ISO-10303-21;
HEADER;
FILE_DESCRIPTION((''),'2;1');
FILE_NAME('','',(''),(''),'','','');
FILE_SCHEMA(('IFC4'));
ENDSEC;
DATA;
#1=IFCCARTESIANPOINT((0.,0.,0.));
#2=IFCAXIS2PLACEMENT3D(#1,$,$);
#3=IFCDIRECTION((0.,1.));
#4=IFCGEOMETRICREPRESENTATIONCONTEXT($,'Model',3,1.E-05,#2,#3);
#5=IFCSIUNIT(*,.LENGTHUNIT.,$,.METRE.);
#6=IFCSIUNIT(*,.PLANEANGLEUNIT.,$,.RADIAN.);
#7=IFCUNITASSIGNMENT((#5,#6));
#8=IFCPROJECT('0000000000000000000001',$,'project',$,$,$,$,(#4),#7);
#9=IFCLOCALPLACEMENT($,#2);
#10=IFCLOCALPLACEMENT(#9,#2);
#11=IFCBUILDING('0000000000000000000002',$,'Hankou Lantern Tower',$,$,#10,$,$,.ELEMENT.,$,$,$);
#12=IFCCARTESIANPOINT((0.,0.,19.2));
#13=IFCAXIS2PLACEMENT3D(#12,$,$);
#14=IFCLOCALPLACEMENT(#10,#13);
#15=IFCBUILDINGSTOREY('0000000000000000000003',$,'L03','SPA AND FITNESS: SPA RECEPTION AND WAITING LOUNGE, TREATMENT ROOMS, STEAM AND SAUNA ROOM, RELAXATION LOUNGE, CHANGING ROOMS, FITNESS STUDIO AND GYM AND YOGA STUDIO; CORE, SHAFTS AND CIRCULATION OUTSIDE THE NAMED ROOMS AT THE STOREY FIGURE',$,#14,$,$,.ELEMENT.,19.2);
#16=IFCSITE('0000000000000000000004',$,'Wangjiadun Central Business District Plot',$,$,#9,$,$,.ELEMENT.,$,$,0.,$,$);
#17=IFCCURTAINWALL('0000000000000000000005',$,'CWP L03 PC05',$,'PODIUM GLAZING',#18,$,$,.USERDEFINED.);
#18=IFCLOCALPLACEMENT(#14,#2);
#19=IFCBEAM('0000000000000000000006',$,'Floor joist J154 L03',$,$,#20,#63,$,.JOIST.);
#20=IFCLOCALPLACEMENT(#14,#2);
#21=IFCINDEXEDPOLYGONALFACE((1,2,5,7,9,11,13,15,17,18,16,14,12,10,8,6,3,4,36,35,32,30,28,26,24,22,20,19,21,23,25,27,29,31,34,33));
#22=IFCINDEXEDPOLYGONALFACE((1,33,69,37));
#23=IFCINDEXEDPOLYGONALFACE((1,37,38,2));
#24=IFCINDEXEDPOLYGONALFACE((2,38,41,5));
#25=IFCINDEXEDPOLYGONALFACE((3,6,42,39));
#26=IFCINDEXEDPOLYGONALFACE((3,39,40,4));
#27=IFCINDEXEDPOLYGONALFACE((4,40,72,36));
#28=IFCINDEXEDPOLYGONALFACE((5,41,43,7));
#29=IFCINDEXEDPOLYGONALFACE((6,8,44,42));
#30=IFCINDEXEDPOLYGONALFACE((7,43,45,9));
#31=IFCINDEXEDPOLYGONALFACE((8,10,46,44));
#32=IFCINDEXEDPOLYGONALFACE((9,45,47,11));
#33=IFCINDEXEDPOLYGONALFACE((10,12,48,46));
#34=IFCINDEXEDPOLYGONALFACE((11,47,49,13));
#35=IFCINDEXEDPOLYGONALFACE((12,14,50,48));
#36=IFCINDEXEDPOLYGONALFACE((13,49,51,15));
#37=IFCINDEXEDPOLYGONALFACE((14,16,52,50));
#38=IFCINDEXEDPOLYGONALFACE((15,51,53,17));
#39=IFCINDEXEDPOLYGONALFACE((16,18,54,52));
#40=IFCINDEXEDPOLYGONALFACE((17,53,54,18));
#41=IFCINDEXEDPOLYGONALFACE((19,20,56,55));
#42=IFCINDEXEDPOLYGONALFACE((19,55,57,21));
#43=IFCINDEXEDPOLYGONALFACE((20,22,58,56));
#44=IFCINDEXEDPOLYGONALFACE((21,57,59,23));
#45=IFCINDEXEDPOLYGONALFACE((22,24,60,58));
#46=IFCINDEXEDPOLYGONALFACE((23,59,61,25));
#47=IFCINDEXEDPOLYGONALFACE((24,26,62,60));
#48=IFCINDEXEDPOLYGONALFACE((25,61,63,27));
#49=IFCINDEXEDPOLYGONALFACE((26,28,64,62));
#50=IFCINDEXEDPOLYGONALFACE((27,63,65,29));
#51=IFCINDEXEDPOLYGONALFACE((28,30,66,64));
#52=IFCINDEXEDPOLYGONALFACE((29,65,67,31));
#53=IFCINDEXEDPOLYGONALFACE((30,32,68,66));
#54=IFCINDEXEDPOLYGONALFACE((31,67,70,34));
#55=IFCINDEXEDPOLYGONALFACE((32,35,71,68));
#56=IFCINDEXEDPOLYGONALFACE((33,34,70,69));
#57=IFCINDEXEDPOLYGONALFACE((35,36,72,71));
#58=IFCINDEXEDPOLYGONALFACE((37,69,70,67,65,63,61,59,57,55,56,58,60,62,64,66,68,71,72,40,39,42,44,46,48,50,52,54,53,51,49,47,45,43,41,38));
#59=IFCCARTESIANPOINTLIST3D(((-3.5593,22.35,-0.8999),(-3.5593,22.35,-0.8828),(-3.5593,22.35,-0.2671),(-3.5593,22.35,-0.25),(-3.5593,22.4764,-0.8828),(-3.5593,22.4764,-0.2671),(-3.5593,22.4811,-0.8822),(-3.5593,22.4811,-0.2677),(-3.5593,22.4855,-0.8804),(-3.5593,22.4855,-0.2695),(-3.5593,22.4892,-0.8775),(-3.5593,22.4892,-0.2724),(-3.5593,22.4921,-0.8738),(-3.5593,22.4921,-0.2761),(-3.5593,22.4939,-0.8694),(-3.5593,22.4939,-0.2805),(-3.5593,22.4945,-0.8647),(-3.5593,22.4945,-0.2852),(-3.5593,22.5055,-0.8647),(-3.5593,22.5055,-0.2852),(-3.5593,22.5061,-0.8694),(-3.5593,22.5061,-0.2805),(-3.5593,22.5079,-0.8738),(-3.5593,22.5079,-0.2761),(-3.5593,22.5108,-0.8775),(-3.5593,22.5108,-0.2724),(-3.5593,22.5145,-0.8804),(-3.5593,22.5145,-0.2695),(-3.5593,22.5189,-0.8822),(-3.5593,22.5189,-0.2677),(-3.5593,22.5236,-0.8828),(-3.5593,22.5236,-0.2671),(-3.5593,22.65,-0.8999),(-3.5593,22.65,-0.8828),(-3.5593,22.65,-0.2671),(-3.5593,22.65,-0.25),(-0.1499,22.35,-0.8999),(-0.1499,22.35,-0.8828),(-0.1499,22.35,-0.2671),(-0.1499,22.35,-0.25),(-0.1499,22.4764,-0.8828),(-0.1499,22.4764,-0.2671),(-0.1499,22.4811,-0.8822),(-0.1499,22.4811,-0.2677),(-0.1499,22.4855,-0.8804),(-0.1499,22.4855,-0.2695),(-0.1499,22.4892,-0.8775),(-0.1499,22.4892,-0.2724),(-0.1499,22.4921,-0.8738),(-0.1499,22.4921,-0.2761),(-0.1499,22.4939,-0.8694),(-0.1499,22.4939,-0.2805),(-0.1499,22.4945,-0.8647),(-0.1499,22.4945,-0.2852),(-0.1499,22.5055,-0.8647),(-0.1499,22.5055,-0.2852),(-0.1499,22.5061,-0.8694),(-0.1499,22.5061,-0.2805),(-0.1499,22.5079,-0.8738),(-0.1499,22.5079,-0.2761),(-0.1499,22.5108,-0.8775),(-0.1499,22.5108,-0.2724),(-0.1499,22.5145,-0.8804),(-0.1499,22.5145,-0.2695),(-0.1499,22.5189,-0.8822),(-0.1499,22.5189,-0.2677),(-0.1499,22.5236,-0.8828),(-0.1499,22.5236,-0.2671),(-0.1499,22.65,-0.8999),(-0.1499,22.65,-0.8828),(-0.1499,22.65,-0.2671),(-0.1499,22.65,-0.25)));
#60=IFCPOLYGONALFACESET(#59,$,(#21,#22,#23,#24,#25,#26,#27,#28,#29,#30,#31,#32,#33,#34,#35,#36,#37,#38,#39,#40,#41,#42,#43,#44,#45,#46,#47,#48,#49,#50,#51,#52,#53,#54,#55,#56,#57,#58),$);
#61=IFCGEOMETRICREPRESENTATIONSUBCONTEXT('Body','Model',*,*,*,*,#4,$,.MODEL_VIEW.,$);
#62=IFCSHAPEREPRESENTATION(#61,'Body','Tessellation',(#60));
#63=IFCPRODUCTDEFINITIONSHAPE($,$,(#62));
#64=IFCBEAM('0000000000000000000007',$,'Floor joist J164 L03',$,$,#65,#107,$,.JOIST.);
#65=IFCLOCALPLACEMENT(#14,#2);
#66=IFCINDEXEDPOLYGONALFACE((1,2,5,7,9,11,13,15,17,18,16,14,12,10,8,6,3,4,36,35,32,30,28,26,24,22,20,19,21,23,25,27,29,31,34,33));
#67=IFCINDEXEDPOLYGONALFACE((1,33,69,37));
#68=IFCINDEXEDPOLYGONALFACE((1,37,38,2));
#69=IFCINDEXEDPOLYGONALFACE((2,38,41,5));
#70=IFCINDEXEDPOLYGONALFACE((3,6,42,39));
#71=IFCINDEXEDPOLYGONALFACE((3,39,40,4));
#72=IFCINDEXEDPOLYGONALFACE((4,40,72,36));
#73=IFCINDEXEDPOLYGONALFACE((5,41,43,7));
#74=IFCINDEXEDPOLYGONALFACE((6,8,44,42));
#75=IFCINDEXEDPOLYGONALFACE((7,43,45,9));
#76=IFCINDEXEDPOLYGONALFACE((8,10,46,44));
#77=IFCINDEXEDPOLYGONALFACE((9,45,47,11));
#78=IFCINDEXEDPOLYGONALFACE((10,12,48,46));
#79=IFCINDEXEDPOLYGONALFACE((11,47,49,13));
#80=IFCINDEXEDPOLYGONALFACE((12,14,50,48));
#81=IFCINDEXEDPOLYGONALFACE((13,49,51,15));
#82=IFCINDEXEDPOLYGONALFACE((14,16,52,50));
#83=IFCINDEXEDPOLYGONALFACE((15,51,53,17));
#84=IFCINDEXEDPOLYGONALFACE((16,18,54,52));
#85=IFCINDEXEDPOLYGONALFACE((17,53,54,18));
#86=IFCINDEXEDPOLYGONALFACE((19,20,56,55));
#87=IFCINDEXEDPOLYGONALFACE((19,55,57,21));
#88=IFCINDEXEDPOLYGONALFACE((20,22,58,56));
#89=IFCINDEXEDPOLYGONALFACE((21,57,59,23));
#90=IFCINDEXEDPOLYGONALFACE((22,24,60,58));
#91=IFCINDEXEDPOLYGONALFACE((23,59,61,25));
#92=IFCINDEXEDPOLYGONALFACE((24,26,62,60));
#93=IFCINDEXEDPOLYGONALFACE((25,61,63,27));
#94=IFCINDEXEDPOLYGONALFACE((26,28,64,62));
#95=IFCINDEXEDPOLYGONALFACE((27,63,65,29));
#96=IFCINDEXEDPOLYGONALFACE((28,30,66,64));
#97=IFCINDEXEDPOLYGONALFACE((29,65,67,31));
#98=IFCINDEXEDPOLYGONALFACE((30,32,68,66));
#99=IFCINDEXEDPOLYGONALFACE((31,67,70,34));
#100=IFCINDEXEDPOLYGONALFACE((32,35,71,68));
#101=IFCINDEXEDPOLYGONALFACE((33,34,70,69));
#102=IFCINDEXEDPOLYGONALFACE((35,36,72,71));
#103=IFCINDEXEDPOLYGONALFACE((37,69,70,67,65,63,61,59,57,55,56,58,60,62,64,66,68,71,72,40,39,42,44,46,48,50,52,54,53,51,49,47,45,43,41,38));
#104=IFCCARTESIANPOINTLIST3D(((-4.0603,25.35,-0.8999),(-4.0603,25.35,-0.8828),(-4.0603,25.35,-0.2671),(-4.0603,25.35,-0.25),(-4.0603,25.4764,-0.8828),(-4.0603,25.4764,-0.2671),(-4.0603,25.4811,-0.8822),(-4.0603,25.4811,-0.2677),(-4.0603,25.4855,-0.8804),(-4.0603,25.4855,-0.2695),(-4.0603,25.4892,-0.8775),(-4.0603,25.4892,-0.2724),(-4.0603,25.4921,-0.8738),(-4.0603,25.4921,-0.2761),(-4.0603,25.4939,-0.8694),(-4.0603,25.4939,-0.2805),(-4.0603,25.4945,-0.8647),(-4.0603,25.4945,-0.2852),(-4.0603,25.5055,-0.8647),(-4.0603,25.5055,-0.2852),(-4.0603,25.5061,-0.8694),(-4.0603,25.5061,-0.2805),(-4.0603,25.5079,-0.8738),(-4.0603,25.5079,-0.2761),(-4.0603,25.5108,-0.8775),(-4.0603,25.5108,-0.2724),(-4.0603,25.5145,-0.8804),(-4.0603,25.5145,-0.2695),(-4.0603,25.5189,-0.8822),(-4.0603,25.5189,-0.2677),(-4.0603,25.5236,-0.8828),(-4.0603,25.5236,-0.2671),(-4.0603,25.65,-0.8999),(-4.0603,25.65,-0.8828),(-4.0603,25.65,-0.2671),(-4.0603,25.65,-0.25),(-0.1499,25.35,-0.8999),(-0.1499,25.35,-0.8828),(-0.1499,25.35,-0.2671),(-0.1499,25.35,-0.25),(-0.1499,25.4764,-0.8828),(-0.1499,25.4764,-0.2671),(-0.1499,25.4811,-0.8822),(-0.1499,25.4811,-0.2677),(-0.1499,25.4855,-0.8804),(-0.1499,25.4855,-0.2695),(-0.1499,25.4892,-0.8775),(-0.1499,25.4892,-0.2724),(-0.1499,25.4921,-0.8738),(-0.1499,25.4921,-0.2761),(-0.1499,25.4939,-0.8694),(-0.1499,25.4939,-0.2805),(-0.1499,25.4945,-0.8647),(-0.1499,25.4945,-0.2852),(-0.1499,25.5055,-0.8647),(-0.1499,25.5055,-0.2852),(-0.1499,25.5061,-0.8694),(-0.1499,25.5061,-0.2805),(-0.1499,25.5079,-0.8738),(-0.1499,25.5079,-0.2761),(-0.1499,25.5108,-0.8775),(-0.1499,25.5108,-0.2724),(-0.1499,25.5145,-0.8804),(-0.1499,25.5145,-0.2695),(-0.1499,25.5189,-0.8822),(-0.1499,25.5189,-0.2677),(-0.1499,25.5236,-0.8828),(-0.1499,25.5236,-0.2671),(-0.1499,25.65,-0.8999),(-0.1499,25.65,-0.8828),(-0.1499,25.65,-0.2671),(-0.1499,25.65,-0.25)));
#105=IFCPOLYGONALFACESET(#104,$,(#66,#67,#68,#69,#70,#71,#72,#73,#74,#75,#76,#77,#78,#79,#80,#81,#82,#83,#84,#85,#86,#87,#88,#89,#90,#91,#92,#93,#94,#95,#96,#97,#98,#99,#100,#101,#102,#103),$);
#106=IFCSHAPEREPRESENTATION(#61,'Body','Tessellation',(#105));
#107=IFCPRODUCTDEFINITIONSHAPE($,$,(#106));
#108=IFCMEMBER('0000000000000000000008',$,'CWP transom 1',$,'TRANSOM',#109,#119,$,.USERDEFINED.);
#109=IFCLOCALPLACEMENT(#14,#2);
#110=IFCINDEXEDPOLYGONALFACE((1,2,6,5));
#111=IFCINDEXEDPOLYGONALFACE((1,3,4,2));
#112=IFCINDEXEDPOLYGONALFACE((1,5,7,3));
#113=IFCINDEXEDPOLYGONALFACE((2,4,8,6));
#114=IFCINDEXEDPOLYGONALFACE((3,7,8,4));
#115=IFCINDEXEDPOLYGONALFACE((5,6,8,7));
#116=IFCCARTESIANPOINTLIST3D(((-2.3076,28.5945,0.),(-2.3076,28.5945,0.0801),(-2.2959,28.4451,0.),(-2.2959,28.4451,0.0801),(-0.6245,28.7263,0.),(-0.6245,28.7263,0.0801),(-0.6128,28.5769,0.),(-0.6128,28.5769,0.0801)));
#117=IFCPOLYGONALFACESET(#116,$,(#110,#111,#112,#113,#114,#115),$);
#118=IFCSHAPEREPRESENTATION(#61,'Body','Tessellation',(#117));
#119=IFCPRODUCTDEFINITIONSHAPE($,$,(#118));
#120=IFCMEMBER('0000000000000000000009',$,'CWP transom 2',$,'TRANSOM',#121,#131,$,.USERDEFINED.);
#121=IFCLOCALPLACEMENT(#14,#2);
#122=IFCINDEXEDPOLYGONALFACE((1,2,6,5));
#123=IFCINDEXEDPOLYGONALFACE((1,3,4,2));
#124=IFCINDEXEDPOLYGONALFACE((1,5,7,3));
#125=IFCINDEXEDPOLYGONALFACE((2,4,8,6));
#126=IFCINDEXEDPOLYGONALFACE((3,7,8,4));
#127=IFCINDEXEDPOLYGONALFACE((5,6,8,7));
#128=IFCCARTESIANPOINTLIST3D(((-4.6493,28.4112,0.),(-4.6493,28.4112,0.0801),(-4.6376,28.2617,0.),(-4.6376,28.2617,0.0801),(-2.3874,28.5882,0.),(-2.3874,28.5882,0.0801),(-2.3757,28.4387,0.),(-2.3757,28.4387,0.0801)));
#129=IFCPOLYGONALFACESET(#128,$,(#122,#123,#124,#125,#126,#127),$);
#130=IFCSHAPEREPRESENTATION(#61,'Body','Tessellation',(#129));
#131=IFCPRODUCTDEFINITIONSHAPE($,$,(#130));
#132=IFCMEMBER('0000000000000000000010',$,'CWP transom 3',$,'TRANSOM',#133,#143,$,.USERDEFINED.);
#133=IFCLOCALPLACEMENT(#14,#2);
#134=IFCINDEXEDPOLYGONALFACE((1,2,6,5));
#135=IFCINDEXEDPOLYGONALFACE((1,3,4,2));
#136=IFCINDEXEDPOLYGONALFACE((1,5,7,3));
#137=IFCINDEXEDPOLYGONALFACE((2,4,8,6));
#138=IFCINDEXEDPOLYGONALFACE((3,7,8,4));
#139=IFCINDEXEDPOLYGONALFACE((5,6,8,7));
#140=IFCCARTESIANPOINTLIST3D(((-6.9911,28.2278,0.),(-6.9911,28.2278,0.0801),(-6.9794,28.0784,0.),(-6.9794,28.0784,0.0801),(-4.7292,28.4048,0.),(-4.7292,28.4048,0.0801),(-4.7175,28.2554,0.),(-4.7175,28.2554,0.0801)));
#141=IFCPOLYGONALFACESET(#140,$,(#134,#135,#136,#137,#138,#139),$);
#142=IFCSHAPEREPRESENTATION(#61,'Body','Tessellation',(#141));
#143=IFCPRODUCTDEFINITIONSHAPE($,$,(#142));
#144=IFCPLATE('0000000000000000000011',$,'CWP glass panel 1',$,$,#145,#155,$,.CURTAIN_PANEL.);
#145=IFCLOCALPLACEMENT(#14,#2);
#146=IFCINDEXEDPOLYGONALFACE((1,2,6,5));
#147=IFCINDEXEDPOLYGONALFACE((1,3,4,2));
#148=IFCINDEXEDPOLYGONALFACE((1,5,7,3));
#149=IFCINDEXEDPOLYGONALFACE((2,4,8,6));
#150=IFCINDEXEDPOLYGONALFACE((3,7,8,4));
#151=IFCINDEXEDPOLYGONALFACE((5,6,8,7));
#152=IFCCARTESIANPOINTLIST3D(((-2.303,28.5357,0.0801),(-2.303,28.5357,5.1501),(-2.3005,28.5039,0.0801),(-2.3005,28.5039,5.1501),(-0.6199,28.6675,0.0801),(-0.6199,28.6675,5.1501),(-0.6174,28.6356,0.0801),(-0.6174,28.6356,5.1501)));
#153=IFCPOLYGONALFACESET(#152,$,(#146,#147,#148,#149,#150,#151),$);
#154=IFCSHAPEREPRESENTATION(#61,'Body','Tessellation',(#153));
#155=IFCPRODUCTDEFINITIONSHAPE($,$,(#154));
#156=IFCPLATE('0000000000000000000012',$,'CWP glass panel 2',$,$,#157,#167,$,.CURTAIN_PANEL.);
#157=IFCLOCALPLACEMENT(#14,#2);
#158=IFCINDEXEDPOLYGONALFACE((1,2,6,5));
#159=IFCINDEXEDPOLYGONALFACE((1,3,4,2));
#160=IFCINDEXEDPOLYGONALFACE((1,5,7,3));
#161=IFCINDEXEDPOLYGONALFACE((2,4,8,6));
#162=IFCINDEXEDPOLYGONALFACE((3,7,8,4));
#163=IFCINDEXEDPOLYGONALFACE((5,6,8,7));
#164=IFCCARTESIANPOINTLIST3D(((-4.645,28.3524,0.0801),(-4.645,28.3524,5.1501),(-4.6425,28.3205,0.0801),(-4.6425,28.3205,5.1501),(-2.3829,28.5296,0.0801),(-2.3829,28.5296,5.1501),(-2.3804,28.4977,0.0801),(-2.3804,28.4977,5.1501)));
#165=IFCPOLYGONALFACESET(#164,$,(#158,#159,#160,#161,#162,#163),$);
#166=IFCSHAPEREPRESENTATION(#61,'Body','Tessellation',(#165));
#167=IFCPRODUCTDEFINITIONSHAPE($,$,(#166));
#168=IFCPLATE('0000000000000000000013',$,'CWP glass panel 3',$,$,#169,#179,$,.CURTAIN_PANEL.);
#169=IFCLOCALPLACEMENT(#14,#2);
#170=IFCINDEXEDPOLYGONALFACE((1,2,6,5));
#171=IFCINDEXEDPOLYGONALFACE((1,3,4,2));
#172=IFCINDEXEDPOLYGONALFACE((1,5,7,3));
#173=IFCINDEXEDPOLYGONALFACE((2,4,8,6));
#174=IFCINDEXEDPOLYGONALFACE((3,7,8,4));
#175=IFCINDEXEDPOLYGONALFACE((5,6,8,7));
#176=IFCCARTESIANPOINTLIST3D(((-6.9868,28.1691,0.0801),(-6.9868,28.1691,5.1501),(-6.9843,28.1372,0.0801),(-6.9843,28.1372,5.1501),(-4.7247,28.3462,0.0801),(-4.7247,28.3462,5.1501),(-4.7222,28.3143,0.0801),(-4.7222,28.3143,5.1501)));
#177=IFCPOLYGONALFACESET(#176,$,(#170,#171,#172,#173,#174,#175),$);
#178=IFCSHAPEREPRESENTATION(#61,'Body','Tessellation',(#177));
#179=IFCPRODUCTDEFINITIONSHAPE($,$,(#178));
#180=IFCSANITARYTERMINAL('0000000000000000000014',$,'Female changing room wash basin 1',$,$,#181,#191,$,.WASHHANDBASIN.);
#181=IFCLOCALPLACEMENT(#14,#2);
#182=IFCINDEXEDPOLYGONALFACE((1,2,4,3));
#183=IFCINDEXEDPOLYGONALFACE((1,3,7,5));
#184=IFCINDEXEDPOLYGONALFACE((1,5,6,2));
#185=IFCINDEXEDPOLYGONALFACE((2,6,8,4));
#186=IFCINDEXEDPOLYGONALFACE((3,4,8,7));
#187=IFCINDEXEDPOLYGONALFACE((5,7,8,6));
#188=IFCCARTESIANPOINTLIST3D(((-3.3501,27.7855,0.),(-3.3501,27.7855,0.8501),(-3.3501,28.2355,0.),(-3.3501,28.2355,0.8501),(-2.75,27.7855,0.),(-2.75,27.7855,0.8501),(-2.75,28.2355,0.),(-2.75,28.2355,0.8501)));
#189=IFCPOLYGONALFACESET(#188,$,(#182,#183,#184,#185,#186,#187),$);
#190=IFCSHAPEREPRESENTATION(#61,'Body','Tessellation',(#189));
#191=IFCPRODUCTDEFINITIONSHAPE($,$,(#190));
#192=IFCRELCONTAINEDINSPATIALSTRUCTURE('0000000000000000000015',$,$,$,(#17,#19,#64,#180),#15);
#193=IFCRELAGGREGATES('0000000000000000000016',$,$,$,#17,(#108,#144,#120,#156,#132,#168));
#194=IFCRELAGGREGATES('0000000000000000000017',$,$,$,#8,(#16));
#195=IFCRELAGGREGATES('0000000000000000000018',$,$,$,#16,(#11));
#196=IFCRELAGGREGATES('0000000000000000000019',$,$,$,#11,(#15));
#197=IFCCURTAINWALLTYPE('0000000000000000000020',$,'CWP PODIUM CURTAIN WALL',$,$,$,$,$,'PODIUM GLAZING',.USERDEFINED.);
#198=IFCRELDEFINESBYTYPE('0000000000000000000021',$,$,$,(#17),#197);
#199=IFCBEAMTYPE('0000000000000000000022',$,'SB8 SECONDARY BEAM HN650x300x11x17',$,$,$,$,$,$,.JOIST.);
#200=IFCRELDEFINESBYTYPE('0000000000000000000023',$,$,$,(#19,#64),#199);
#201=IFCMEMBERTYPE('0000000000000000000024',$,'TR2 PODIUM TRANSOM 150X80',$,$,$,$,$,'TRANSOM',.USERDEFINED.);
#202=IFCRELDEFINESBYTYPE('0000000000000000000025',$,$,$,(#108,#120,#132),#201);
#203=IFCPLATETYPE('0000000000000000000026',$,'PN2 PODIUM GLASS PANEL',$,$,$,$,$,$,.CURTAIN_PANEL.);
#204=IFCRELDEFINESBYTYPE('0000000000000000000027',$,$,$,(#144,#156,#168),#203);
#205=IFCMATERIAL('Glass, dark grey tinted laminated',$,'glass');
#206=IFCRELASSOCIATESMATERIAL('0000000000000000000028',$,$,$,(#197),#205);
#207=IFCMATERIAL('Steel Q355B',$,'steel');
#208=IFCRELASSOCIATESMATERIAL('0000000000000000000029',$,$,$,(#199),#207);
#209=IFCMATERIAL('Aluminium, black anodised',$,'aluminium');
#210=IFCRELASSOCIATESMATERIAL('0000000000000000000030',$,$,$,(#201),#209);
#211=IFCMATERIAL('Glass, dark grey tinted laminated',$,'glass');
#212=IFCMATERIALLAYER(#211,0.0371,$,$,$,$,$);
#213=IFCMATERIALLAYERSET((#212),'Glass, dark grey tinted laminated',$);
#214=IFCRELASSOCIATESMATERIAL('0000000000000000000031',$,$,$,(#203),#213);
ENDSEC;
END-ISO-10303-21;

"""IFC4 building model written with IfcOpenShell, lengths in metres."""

from ifc_helpers import new_model, si_unit, direction, frame, origin, origin_2d, place, context, subcontext, project, spatial, rectangle, i_section, extrude, material, layer, layer_set, material_profile, profile_set, type_object, element, aggregate, save


model = new_model("IFC4")

# Units and contexts
model_context = context("Model", 3, precision=1e-05, world=origin(), true_north=direction((0.0, 1.0)))
body_context = subcontext(model_context, "Body", "Model", "MODEL_VIEW")
ifc_project = project(units=[si_unit("LENGTHUNIT", "METRE"), si_unit("PLANEANGLEUNIT", "RADIAN")], contexts=[model_context])

# Site, building, storey
site_placement = place(None, origin())
site = spatial("IfcSite", under=ifc_project, at=site_placement, Name="Wangjiadun Central Business District Plot", CompositionType="ELEMENT", RefElevation=0.0)
building_placement = place(site_placement, origin())
building = spatial("IfcBuilding", under=site, at=building_placement, Name="Hankou Lantern Tower", CompositionType="ELEMENT")
storey_placement = place(building_placement, frame((0.0, 0.0, 19.2)))
storey = spatial("IfcBuildingStorey", under=building, at=storey_placement, Name="L03", Description="SPA AND FITNESS: SPA RECEPTION AND WAITING LOUNGE, TREATMENT ROOMS, STEAM AND SAUNA ROOM, RELAXATION LOUNGE, CHANGING ROOMS, FITNESS STUDIO AND GYM AND YOGA STUDIO; CORE, SHAFTS AND CIRCULATION OUTSIDE THE NAMED ROOMS AT THE STOREY FIGURE", CompositionType="ELEMENT", Elevation=19.2)

# Curtain wall
ifc_material_1 = material(Name="Glass, dark grey tinted laminated", Category="glass")
curtain_wall_type = type_object("IfcCurtainWallType", Name="CWP PODIUM CURTAIN WALL", ElementType="PODIUM GLAZING", PredefinedType="USERDEFINED", material=ifc_material_1)
curtain_wall_placement = place(storey_placement, origin())
curtain_wall = element("IfcCurtainWall", 1, at=curtain_wall_placement, inside=storey, type_object=curtain_wall_type, Name="CWP L03 PC05", ObjectType="PODIUM GLAZING", PredefinedType="USERDEFINED")

# Beams
ifc_material_2 = material(Name="Steel Q355B", Category="steel")
ifc_material_profile_1 = material_profile(ifc_material_2, i_section(OverallWidth=0.3, OverallDepth=0.6499, WebThickness=0.011, FlangeThickness=0.0171, FilletRadius=0.0181, at=origin_2d()), Name="HN650x300x11x17")
ifc_profile_set_1 = profile_set([ifc_material_profile_1], Name="Steel Q355B")
beam_type_1 = type_object("IfcBeamType", Name="SB8 SECONDARY BEAM HN650x300x11x17", PredefinedType="JOIST", material=ifc_profile_set_1)
beam_1_placement = place(storey_placement, frame((-3.5593, 22.5, -0.575), z_axis=(1.0, 0.0, 0.0), x_axis=(0.0, 1.0, 0.0)))
element("IfcBeam", 2, at=beam_1_placement, inside=storey, type_object=beam_type_1, Name="Floor joist J154 L03", PredefinedType="JOIST", context=body_context, shape_type="SweptSolid", body=[
    extrude(i_section(OverallWidth=0.3, OverallDepth=0.6499, WebThickness=0.011, FlangeThickness=0.0171, FilletRadius=0.0181, at=origin_2d()), origin(), (0.0, 0.0, 1.0), 3.4094),
])
beam_2_placement = place(storey_placement, frame((-4.0603, 25.5, -0.575), z_axis=(1.0, 0.0, 0.0), x_axis=(0.0, 1.0, 0.0)))
element("IfcBeam", 3, at=beam_2_placement, inside=storey, type_object=beam_type_1, Name="Floor joist J164 L03", PredefinedType="JOIST", context=body_context, shape_type="SweptSolid", body=[
    extrude(i_section(OverallWidth=0.3, OverallDepth=0.6499, WebThickness=0.011, FlangeThickness=0.0171, FilletRadius=0.0181, at=origin_2d()), origin(), (0.0, 0.0, 1.0), 3.9104),
])

# Members
ifc_material_3 = material(Name="Aluminium, black anodised", Category="aluminium")
ifc_material_profile_2 = material_profile(ifc_material_3, rectangle(XDim=0.1499, YDim=0.0801, at=origin_2d()), Name="TR2 150X80")
ifc_profile_set_2 = profile_set([ifc_material_profile_2], Name="Aluminium, black anodised")
member_type_1 = type_object("IfcMemberType", Name="TR2 PODIUM TRANSOM 150X80", ElementType="TRANSOM", PredefinedType="USERDEFINED", material=ifc_profile_set_2)
member_1_placement = place(storey_placement, frame((-0.6187, 28.6516, 0.04), z_axis=(-0.996946, -0.07809, 0.0), x_axis=(0.07809, -0.996946, 0.0)))
member_1 = element("IfcMember", 4, at=member_1_placement, type_object=member_type_1, Name="CWP transom 1", ObjectType="TRANSOM", PredefinedType="USERDEFINED", context=body_context, shape_type="SweptSolid", body=[
    extrude(rectangle(XDim=0.1499, YDim=0.0801, at=origin_2d()), origin(), (0.0, 0.0, 1.0), 1.6882),
])
member_2_placement = place(storey_placement, frame((-2.3816, 28.5134, 0.04), z_axis=(-0.996952, -0.078013, 0.0), x_axis=(0.078013, -0.996952, 0.0)))
member_2 = element("IfcMember", 5, at=member_2_placement, type_object=member_type_1, Name="CWP transom 2", ObjectType="TRANSOM", PredefinedType="USERDEFINED", context=body_context, shape_type="SweptSolid", body=[
    extrude(rectangle(XDim=0.1499, YDim=0.0801, at=origin_2d()), origin(), (0.0, 0.0, 1.0), 2.2688),
])
member_3_placement = place(storey_placement, frame((-4.7234, 28.3301, 0.04), z_axis=(-0.996952, -0.078013, 0.0), x_axis=(0.078013, -0.996952, 0.0)))
member_3 = element("IfcMember", 6, at=member_3_placement, type_object=member_type_1, Name="CWP transom 3", ObjectType="TRANSOM", PredefinedType="USERDEFINED", context=body_context, shape_type="SweptSolid", body=[
    extrude(rectangle(XDim=0.1499, YDim=0.0801, at=origin_2d()), origin(), (0.0, 0.0, 1.0), 2.2688),
])

# Plates
ifc_material_4 = material(Name="Glass, dark grey tinted laminated", Category="glass")
ifc_layer = layer(ifc_material_4, 0.0371)
ifc_layer_set = layer_set([ifc_layer], Name="Glass, dark grey tinted laminated")
plate_type = type_object("IfcPlateType", Name="PN2 PODIUM GLASS PANEL", PredefinedType="CURTAIN_PANEL", material=ifc_layer_set)
plate_1_placement = place(storey_placement, frame((-1.4602, 28.5857, 0.0801), z_axis=(0.0, 0.0, 1.0), x_axis=(-0.996949, -0.078062, 0.0)))
plate_1 = element("IfcPlate", 7, at=plate_1_placement, type_object=plate_type, Name="CWP glass panel 1", PredefinedType="CURTAIN_PANEL", context=body_context, shape_type="SweptSolid", body=[
    extrude(rectangle(XDim=1.6882, YDim=0.032, at=origin_2d()), origin(), (0.0, 0.0, 1.0), 5.0701),
])
plate_2_placement = place(storey_placement, frame((-3.5127, 28.425, 0.0801), z_axis=(0.0, 0.0, 1.0), x_axis=(-0.996949, -0.078062, 0.0)))
plate_2 = element("IfcPlate", 8, at=plate_2_placement, type_object=plate_type, Name="CWP glass panel 2", PredefinedType="CURTAIN_PANEL", context=body_context, shape_type="SweptSolid", body=[
    extrude(rectangle(XDim=2.269, YDim=0.032, at=origin_2d()), origin(), (0.0, 0.0, 1.0), 5.0701),
])
plate_3_placement = place(storey_placement, frame((-5.8545, 28.2417, 0.0801), z_axis=(0.0, 0.0, 1.0), x_axis=(-0.996949, -0.078062, 0.0)))
plate_3 = element("IfcPlate", 9, at=plate_3_placement, type_object=plate_type, Name="CWP glass panel 3", PredefinedType="CURTAIN_PANEL", context=body_context, shape_type="SweptSolid", body=[
    extrude(rectangle(XDim=2.269, YDim=0.032, at=origin_2d()), origin(), (0.0, 0.0, 1.0), 5.0701),
])
aggregate(curtain_wall, [member_1, plate_1, member_2, plate_2, member_3, plate_3])

# Sanitary terminal
for number, where, z_axis, x_axis, name in (
    (10, (-3.05, 28.0105, 0.0), (0.0, 0.0, 1.0), (-1.0, 0.0, 0.0), "Female changing room wash basin 1"),
):
    element("IfcSanitaryTerminal", number, at=place(storey_placement, frame(where, z_axis=z_axis, x_axis=x_axis)), inside=storey, Name=name, PredefinedType="WASHHANDBASIN", context=body_context, shape_type="SweptSolid", body=[
        extrude(rectangle(XDim=0.6001, YDim=0.45, at=origin_2d()), origin(), (0.0, 0.0, 1.0), 0.8501),
    ])

save(model, "model.ifc")
